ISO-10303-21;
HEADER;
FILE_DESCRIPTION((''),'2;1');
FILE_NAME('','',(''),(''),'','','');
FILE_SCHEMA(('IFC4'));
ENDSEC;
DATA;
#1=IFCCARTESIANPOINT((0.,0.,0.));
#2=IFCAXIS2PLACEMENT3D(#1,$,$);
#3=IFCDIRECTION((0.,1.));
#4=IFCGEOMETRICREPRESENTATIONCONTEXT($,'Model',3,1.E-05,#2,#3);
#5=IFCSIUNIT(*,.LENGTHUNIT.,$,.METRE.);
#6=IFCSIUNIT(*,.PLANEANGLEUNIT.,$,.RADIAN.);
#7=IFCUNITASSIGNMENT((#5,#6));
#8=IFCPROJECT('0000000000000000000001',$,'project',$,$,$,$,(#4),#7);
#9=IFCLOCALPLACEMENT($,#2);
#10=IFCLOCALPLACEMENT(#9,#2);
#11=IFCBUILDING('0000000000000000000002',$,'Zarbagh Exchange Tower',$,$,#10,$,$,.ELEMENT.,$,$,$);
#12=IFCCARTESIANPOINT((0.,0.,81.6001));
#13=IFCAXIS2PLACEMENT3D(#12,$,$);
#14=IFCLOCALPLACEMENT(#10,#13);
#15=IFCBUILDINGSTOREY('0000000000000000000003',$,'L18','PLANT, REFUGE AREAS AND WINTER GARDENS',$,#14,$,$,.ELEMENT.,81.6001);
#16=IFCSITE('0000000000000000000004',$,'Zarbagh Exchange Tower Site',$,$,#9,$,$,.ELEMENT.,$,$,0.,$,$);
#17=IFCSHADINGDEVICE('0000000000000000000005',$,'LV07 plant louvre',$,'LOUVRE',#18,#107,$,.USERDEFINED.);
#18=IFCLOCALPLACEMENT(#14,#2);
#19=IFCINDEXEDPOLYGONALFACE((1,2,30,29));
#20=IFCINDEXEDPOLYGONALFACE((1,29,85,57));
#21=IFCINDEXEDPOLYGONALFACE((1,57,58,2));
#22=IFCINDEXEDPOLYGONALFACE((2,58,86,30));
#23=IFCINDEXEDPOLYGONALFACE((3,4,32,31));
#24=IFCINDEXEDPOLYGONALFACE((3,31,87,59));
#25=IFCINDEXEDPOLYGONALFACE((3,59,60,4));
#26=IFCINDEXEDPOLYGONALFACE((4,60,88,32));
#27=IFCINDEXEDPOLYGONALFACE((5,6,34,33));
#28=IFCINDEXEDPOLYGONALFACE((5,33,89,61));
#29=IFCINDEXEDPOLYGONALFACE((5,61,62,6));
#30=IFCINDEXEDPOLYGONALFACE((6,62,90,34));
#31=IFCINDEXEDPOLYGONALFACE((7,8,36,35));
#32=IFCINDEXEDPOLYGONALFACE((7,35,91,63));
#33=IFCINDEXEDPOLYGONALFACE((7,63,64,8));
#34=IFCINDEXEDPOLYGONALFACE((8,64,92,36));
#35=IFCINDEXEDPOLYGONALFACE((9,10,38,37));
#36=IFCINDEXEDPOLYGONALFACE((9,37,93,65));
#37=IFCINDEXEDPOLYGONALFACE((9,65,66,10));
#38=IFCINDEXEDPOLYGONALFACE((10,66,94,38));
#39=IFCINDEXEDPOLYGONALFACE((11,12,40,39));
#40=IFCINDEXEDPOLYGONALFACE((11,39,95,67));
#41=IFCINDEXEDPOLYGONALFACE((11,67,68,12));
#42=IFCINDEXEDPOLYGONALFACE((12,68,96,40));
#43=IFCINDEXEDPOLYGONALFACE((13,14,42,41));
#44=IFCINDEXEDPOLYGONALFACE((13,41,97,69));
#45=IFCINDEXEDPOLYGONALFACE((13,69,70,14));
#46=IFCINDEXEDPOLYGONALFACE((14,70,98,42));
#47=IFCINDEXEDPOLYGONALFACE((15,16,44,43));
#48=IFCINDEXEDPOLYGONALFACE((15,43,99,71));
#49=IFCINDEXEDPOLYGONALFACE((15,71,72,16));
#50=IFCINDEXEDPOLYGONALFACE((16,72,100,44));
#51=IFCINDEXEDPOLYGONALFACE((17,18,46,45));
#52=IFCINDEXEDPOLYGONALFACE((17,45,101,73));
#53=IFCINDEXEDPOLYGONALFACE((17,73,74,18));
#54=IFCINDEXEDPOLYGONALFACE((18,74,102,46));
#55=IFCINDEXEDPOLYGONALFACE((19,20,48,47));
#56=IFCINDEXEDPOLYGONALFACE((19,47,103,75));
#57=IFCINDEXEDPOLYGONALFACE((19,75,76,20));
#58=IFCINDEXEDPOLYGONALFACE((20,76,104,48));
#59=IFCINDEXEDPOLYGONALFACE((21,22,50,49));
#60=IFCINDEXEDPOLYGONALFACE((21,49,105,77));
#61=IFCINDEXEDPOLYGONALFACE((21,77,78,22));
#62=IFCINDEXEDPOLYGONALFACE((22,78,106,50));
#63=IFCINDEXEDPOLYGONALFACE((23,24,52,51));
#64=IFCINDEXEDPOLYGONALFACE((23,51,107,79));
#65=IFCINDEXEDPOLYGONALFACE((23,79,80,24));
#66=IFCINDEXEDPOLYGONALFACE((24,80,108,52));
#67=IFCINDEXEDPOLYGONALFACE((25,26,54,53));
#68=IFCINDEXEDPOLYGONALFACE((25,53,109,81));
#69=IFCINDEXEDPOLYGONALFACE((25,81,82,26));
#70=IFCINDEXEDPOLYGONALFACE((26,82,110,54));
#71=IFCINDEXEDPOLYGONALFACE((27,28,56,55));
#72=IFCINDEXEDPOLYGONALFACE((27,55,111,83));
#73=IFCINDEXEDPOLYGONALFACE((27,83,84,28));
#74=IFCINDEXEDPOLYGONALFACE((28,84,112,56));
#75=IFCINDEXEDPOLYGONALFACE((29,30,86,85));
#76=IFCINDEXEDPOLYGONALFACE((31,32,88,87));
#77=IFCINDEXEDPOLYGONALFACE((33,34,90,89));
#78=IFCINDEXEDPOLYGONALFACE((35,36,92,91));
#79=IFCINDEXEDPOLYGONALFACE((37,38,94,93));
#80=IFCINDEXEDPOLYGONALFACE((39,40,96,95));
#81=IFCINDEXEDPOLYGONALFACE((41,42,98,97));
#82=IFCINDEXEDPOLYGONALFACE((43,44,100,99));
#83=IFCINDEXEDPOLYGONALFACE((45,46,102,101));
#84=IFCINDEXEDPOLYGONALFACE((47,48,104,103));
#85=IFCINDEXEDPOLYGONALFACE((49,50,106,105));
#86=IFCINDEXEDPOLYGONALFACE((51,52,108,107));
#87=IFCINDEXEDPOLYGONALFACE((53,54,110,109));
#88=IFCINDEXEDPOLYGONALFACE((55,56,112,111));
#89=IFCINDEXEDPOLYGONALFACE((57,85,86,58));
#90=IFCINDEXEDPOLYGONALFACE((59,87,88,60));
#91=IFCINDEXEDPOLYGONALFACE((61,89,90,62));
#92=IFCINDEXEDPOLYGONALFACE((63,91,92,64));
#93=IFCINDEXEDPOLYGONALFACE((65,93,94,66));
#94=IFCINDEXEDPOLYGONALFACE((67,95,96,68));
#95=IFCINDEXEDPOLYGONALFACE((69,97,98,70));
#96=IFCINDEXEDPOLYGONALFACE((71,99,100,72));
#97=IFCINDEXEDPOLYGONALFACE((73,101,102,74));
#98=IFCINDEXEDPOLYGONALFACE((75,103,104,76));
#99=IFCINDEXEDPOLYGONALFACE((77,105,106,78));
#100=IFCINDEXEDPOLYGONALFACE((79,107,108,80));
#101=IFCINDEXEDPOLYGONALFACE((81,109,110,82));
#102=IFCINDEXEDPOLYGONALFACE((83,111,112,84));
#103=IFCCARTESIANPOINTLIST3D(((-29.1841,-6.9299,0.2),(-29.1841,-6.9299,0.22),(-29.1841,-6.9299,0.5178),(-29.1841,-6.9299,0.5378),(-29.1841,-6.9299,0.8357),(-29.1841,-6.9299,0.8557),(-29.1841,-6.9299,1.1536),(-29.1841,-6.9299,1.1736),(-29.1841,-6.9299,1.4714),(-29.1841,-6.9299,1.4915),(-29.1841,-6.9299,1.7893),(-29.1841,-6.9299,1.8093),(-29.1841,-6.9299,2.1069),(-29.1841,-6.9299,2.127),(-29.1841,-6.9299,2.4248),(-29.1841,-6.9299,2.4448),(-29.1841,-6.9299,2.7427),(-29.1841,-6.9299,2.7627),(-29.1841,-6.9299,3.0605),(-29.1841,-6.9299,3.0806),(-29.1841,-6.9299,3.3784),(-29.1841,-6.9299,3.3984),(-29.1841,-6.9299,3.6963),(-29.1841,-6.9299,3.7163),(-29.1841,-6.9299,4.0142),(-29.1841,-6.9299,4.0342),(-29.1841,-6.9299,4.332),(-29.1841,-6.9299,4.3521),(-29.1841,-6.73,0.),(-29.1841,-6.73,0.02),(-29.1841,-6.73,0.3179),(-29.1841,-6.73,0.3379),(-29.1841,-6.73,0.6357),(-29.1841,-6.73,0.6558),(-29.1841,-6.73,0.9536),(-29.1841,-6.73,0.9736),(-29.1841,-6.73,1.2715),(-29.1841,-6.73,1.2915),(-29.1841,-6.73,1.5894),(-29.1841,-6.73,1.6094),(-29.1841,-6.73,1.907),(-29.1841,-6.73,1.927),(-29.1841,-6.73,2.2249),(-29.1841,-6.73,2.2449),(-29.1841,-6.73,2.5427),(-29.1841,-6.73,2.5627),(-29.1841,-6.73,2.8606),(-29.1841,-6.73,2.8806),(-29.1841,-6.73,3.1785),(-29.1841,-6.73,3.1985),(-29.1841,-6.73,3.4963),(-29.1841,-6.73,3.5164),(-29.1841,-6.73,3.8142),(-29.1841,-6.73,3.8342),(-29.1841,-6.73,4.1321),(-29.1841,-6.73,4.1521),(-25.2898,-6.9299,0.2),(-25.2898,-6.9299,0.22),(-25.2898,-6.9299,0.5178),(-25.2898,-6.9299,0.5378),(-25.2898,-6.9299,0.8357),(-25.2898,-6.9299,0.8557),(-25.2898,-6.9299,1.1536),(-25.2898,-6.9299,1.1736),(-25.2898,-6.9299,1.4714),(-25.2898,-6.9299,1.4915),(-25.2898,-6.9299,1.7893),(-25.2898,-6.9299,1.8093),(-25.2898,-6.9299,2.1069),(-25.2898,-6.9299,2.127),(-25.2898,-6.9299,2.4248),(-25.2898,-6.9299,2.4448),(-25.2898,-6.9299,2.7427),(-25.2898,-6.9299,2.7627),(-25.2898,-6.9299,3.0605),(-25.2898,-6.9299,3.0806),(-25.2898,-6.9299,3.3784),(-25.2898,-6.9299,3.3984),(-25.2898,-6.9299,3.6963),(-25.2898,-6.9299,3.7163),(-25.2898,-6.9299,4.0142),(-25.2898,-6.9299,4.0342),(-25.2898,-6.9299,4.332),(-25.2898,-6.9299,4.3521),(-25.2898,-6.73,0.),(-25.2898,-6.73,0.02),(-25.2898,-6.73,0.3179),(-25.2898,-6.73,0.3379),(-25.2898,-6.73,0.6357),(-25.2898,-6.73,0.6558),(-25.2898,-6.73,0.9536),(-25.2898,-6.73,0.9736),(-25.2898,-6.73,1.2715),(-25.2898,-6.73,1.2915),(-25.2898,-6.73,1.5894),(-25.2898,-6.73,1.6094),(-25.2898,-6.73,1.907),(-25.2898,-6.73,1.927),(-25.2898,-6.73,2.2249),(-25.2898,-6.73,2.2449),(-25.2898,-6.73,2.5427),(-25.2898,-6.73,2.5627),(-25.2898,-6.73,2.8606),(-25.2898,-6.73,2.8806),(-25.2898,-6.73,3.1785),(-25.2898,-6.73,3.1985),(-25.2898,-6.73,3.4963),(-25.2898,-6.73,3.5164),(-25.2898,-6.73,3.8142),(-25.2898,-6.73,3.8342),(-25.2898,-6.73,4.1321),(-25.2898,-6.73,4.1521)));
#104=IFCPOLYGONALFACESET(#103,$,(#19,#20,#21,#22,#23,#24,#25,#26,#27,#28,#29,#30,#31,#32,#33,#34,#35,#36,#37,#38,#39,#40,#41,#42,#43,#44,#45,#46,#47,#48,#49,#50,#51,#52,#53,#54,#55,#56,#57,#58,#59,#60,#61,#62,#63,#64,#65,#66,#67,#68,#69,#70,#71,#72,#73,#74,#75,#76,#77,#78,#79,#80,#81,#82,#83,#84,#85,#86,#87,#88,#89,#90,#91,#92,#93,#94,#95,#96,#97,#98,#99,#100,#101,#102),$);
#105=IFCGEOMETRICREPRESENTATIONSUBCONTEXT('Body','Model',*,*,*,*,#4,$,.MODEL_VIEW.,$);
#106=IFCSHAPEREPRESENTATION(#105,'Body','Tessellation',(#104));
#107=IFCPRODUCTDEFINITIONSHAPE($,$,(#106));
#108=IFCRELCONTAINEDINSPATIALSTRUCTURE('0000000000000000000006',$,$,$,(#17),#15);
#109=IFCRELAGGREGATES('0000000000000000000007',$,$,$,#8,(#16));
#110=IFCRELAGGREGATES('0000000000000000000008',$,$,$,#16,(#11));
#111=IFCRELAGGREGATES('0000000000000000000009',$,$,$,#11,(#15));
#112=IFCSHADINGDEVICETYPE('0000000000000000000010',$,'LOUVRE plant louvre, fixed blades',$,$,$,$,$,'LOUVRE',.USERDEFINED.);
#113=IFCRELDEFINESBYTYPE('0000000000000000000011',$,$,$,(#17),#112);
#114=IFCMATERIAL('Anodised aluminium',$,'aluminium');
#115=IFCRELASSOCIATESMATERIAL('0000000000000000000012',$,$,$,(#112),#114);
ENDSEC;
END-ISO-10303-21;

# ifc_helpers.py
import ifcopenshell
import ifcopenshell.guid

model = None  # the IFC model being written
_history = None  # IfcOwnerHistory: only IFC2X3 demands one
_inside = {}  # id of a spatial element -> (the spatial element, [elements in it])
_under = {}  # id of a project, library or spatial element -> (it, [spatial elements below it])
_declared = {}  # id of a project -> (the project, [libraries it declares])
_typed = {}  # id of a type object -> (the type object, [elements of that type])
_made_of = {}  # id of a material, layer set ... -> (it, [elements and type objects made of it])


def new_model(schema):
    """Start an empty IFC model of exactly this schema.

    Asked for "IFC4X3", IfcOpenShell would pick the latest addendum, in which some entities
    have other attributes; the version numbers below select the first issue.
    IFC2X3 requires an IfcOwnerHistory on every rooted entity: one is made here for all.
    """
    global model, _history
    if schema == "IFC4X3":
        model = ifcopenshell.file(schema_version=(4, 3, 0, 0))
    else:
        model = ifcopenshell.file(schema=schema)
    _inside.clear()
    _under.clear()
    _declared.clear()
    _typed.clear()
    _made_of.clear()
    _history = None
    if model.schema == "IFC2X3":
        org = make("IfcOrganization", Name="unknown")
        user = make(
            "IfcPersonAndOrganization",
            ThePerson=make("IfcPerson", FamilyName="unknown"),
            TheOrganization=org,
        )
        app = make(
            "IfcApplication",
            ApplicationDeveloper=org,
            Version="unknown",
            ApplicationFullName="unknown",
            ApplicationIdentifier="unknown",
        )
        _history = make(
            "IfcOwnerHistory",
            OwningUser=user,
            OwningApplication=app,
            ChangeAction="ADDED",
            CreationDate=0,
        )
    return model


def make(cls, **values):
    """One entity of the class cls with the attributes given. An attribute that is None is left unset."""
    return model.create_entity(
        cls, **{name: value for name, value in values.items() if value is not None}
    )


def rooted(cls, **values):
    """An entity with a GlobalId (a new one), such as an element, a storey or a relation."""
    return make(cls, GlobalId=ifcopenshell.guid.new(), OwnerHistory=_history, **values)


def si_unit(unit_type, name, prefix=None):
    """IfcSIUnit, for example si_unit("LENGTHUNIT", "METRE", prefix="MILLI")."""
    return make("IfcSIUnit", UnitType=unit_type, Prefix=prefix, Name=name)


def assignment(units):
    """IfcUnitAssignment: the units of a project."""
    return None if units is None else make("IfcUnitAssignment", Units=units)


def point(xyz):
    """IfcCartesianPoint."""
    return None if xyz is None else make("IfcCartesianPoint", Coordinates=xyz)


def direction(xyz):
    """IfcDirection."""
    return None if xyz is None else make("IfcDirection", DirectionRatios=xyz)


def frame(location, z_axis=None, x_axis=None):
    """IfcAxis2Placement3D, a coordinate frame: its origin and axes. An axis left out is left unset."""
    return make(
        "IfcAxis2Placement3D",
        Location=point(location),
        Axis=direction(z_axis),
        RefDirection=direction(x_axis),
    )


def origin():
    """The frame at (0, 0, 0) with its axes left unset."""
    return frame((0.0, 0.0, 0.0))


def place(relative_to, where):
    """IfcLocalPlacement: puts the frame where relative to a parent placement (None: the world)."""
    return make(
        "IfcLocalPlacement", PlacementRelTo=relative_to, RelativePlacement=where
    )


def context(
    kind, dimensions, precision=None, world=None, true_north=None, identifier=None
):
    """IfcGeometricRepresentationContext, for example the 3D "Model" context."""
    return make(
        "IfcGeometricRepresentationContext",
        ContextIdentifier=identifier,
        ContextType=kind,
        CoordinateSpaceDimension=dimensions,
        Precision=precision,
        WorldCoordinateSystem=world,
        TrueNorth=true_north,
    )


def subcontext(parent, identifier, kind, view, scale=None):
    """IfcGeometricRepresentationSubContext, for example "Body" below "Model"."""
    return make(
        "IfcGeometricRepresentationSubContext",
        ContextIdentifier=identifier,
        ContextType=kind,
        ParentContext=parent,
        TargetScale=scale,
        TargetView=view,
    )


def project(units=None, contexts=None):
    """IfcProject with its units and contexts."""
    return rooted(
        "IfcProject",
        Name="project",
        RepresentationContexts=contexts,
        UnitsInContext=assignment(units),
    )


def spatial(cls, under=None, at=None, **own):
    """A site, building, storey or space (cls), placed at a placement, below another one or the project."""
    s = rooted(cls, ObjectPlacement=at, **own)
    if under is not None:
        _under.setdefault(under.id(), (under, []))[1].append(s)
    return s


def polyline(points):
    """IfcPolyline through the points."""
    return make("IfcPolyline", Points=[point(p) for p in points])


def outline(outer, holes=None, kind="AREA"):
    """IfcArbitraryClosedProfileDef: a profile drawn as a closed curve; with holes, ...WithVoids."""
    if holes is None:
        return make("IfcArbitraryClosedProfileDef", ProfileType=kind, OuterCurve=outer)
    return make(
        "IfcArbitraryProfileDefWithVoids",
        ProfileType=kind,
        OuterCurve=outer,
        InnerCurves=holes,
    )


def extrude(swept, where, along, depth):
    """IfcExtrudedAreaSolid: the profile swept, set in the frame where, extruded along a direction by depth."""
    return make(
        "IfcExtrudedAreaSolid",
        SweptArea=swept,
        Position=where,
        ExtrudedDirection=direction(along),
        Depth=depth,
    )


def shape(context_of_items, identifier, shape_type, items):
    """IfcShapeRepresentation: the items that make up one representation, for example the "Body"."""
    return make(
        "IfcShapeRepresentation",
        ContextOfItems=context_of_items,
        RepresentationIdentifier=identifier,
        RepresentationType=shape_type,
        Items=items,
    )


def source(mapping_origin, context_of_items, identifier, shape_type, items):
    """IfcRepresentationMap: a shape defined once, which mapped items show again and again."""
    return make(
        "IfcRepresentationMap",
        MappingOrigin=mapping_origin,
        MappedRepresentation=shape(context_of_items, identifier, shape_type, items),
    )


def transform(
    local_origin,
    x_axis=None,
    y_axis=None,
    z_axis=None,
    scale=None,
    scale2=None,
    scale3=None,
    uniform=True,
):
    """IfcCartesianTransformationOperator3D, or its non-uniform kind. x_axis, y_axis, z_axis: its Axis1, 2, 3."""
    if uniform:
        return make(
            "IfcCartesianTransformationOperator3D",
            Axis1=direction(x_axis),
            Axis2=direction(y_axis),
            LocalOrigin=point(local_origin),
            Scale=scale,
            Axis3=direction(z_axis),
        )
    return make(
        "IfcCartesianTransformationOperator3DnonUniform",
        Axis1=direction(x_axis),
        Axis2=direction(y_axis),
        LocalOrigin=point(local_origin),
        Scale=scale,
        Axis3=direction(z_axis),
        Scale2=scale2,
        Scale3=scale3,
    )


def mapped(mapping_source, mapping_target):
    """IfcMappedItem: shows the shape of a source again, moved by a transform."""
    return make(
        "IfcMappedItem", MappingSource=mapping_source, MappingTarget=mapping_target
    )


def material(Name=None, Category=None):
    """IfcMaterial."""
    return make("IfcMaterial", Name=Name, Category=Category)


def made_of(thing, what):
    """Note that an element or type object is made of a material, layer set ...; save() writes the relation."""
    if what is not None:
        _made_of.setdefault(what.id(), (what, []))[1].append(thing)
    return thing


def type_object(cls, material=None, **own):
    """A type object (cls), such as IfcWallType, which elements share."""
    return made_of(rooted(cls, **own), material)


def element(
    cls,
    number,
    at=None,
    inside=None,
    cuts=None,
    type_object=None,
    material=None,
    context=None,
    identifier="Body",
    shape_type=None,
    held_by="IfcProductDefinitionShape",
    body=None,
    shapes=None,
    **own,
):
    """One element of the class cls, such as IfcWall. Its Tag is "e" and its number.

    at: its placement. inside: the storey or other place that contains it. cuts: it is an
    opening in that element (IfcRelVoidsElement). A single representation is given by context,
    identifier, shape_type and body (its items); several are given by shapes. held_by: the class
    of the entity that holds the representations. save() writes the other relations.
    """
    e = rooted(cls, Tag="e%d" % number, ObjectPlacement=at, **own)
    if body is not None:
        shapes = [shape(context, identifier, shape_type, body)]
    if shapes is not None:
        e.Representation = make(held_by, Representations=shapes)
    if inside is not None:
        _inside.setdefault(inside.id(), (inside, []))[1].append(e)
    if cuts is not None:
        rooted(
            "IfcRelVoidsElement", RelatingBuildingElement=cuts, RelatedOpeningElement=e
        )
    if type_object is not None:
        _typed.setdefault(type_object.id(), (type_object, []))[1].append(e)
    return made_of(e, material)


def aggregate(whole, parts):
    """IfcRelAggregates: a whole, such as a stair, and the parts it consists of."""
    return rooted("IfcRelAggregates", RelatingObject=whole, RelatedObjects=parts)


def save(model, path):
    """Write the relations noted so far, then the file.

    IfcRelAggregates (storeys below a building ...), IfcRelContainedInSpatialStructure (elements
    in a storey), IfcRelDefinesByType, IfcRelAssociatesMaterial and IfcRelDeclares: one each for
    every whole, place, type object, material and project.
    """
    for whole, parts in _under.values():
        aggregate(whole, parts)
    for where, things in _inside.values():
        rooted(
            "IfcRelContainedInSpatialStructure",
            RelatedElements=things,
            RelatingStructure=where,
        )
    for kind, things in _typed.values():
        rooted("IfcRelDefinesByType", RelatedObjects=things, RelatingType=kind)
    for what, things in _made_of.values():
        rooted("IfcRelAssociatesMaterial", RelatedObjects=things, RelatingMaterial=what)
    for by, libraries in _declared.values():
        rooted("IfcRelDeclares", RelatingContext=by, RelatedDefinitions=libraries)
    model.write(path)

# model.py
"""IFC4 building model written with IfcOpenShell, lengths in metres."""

from ifc_helpers import new_model, si_unit, direction, frame, origin, place, context, subcontext, project, spatial, polyline, outline, extrude, source, transform, mapped, material, type_object, element, save


model = new_model("IFC4")

# Units and contexts
model_context = context("Model", 3, precision=1e-05, world=origin(), true_north=direction((0.0, 1.0)))
body_context = subcontext(model_context, "Body", "Model", "MODEL_VIEW")
ifc_project = project(units=[si_unit("LENGTHUNIT", "METRE"), si_unit("PLANEANGLEUNIT", "RADIAN")], contexts=[model_context])

# Site, building, storey
site_placement = place(None, origin())
site = spatial("IfcSite", under=ifc_project, at=site_placement, Name="Zarbagh Exchange Tower Site", CompositionType="ELEMENT", RefElevation=0.0)
building_placement = place(site_placement, origin())
building = spatial("IfcBuilding", under=site, at=building_placement, Name="Zarbagh Exchange Tower", CompositionType="ELEMENT")
storey_placement = place(building_placement, frame((0.0, 0.0, 81.6001)))
storey = spatial("IfcBuildingStorey", under=building, at=storey_placement, Name="L18", Description="PLANT, REFUGE AREAS AND WINTER GARDENS", CompositionType="ELEMENT", Elevation=81.6001)

# Shared definitions
placement = place(storey_placement, origin())

# Shared definitions
ifc_material_1 = material(Name="Anodised aluminium", Category="aluminium")
shading_device_type = type_object("IfcShadingDeviceType", Name="LOUVRE plant louvre, fixed blades", ElementType="LOUVRE", PredefinedType="USERDEFINED", material=ifc_material_1)

# Shading device
shared_shape_1 = source(origin(), body_context, "Body", "SweptSolid", [
    extrude(outline(polyline([(0.0, 0.2), (0.2, 0.0), (0.2, -0.02), (0.0, 0.1799), (0.0, 0.2)])), origin(), (0.0, 0.0, 1.0), 3.8943),
])
element("IfcShadingDevice", 1, at=placement, inside=storey, type_object=shading_device_type, Name="LV07 plant louvre", ObjectType="LOUVRE", PredefinedType="USERDEFINED", context=body_context, shape_type="MappedRepresentation", body=[
    mapped(shared_shape_1, transform((-29.1841, -6.73, 0.2), x_axis=(0.0, -1.0, 0.0), y_axis=(0.0, 0.0, -1.0), z_axis=(1.0, 0.0, 0.0))),
    mapped(shared_shape_1, transform((-29.1841, -6.73, 0.5178), x_axis=(0.0, -1.0, 0.0), y_axis=(0.0, 0.0, -1.0), z_axis=(1.0, 0.0, 0.0))),
    mapped(shared_shape_1, transform((-29.1841, -6.73, 0.8357), x_axis=(0.0, -1.0, 0.0), y_axis=(0.0, 0.0, -1.0), z_axis=(1.0, 0.0, 0.0))),
    mapped(shared_shape_1, transform((-29.1841, -6.73, 1.1536), x_axis=(0.0, -1.0, 0.0), y_axis=(0.0, 0.0, -1.0), z_axis=(1.0, 0.0, 0.0))),
    mapped(shared_shape_1, transform((-29.1841, -6.73, 1.4714), x_axis=(0.0, -1.0, 0.0), y_axis=(0.0, 0.0, -1.0), z_axis=(1.0, 0.0, 0.0))),
    mapped(shared_shape_1, transform((-29.1841, -6.73, 1.7893), x_axis=(0.0, -1.0, 0.0), y_axis=(0.0, 0.0, -1.0), z_axis=(1.0, 0.0, 0.0))),
    mapped(shared_shape_1, transform((-29.1841, -6.73, 2.1069), x_axis=(0.0, -1.0, 0.0), y_axis=(0.0, 0.0, -1.0), z_axis=(1.0, 0.0, 0.0))),
    mapped(shared_shape_1, transform((-29.1841, -6.73, 2.4248), x_axis=(0.0, -1.0, 0.0), y_axis=(0.0, 0.0, -1.0), z_axis=(1.0, 0.0, 0.0))),
    mapped(shared_shape_1, transform((-29.1841, -6.73, 2.7427), x_axis=(0.0, -1.0, 0.0), y_axis=(0.0, 0.0, -1.0), z_axis=(1.0, 0.0, 0.0))),
    mapped(shared_shape_1, transform((-29.1841, -6.73, 3.0605), x_axis=(0.0, -1.0, 0.0), y_axis=(0.0, 0.0, -1.0), z_axis=(1.0, 0.0, 0.0))),
    mapped(shared_shape_1, transform((-29.1841, -6.73, 3.3784), x_axis=(0.0, -1.0, 0.0), y_axis=(0.0, 0.0, -1.0), z_axis=(1.0, 0.0, 0.0))),
    mapped(shared_shape_1, transform((-29.1841, -6.73, 3.6963), x_axis=(0.0, -1.0, 0.0), y_axis=(0.0, 0.0, -1.0), z_axis=(1.0, 0.0, 0.0))),
    mapped(shared_shape_1, transform((-29.1841, -6.73, 4.0142), x_axis=(0.0, -1.0, 0.0), y_axis=(0.0, 0.0, -1.0), z_axis=(1.0, 0.0, 0.0))),
    mapped(shared_shape_1, transform((-29.1841, -6.73, 4.332), x_axis=(0.0, -1.0, 0.0), y_axis=(0.0, 0.0, -1.0), z_axis=(1.0, 0.0, 0.0))),
])

save(model, "model.ifc")
